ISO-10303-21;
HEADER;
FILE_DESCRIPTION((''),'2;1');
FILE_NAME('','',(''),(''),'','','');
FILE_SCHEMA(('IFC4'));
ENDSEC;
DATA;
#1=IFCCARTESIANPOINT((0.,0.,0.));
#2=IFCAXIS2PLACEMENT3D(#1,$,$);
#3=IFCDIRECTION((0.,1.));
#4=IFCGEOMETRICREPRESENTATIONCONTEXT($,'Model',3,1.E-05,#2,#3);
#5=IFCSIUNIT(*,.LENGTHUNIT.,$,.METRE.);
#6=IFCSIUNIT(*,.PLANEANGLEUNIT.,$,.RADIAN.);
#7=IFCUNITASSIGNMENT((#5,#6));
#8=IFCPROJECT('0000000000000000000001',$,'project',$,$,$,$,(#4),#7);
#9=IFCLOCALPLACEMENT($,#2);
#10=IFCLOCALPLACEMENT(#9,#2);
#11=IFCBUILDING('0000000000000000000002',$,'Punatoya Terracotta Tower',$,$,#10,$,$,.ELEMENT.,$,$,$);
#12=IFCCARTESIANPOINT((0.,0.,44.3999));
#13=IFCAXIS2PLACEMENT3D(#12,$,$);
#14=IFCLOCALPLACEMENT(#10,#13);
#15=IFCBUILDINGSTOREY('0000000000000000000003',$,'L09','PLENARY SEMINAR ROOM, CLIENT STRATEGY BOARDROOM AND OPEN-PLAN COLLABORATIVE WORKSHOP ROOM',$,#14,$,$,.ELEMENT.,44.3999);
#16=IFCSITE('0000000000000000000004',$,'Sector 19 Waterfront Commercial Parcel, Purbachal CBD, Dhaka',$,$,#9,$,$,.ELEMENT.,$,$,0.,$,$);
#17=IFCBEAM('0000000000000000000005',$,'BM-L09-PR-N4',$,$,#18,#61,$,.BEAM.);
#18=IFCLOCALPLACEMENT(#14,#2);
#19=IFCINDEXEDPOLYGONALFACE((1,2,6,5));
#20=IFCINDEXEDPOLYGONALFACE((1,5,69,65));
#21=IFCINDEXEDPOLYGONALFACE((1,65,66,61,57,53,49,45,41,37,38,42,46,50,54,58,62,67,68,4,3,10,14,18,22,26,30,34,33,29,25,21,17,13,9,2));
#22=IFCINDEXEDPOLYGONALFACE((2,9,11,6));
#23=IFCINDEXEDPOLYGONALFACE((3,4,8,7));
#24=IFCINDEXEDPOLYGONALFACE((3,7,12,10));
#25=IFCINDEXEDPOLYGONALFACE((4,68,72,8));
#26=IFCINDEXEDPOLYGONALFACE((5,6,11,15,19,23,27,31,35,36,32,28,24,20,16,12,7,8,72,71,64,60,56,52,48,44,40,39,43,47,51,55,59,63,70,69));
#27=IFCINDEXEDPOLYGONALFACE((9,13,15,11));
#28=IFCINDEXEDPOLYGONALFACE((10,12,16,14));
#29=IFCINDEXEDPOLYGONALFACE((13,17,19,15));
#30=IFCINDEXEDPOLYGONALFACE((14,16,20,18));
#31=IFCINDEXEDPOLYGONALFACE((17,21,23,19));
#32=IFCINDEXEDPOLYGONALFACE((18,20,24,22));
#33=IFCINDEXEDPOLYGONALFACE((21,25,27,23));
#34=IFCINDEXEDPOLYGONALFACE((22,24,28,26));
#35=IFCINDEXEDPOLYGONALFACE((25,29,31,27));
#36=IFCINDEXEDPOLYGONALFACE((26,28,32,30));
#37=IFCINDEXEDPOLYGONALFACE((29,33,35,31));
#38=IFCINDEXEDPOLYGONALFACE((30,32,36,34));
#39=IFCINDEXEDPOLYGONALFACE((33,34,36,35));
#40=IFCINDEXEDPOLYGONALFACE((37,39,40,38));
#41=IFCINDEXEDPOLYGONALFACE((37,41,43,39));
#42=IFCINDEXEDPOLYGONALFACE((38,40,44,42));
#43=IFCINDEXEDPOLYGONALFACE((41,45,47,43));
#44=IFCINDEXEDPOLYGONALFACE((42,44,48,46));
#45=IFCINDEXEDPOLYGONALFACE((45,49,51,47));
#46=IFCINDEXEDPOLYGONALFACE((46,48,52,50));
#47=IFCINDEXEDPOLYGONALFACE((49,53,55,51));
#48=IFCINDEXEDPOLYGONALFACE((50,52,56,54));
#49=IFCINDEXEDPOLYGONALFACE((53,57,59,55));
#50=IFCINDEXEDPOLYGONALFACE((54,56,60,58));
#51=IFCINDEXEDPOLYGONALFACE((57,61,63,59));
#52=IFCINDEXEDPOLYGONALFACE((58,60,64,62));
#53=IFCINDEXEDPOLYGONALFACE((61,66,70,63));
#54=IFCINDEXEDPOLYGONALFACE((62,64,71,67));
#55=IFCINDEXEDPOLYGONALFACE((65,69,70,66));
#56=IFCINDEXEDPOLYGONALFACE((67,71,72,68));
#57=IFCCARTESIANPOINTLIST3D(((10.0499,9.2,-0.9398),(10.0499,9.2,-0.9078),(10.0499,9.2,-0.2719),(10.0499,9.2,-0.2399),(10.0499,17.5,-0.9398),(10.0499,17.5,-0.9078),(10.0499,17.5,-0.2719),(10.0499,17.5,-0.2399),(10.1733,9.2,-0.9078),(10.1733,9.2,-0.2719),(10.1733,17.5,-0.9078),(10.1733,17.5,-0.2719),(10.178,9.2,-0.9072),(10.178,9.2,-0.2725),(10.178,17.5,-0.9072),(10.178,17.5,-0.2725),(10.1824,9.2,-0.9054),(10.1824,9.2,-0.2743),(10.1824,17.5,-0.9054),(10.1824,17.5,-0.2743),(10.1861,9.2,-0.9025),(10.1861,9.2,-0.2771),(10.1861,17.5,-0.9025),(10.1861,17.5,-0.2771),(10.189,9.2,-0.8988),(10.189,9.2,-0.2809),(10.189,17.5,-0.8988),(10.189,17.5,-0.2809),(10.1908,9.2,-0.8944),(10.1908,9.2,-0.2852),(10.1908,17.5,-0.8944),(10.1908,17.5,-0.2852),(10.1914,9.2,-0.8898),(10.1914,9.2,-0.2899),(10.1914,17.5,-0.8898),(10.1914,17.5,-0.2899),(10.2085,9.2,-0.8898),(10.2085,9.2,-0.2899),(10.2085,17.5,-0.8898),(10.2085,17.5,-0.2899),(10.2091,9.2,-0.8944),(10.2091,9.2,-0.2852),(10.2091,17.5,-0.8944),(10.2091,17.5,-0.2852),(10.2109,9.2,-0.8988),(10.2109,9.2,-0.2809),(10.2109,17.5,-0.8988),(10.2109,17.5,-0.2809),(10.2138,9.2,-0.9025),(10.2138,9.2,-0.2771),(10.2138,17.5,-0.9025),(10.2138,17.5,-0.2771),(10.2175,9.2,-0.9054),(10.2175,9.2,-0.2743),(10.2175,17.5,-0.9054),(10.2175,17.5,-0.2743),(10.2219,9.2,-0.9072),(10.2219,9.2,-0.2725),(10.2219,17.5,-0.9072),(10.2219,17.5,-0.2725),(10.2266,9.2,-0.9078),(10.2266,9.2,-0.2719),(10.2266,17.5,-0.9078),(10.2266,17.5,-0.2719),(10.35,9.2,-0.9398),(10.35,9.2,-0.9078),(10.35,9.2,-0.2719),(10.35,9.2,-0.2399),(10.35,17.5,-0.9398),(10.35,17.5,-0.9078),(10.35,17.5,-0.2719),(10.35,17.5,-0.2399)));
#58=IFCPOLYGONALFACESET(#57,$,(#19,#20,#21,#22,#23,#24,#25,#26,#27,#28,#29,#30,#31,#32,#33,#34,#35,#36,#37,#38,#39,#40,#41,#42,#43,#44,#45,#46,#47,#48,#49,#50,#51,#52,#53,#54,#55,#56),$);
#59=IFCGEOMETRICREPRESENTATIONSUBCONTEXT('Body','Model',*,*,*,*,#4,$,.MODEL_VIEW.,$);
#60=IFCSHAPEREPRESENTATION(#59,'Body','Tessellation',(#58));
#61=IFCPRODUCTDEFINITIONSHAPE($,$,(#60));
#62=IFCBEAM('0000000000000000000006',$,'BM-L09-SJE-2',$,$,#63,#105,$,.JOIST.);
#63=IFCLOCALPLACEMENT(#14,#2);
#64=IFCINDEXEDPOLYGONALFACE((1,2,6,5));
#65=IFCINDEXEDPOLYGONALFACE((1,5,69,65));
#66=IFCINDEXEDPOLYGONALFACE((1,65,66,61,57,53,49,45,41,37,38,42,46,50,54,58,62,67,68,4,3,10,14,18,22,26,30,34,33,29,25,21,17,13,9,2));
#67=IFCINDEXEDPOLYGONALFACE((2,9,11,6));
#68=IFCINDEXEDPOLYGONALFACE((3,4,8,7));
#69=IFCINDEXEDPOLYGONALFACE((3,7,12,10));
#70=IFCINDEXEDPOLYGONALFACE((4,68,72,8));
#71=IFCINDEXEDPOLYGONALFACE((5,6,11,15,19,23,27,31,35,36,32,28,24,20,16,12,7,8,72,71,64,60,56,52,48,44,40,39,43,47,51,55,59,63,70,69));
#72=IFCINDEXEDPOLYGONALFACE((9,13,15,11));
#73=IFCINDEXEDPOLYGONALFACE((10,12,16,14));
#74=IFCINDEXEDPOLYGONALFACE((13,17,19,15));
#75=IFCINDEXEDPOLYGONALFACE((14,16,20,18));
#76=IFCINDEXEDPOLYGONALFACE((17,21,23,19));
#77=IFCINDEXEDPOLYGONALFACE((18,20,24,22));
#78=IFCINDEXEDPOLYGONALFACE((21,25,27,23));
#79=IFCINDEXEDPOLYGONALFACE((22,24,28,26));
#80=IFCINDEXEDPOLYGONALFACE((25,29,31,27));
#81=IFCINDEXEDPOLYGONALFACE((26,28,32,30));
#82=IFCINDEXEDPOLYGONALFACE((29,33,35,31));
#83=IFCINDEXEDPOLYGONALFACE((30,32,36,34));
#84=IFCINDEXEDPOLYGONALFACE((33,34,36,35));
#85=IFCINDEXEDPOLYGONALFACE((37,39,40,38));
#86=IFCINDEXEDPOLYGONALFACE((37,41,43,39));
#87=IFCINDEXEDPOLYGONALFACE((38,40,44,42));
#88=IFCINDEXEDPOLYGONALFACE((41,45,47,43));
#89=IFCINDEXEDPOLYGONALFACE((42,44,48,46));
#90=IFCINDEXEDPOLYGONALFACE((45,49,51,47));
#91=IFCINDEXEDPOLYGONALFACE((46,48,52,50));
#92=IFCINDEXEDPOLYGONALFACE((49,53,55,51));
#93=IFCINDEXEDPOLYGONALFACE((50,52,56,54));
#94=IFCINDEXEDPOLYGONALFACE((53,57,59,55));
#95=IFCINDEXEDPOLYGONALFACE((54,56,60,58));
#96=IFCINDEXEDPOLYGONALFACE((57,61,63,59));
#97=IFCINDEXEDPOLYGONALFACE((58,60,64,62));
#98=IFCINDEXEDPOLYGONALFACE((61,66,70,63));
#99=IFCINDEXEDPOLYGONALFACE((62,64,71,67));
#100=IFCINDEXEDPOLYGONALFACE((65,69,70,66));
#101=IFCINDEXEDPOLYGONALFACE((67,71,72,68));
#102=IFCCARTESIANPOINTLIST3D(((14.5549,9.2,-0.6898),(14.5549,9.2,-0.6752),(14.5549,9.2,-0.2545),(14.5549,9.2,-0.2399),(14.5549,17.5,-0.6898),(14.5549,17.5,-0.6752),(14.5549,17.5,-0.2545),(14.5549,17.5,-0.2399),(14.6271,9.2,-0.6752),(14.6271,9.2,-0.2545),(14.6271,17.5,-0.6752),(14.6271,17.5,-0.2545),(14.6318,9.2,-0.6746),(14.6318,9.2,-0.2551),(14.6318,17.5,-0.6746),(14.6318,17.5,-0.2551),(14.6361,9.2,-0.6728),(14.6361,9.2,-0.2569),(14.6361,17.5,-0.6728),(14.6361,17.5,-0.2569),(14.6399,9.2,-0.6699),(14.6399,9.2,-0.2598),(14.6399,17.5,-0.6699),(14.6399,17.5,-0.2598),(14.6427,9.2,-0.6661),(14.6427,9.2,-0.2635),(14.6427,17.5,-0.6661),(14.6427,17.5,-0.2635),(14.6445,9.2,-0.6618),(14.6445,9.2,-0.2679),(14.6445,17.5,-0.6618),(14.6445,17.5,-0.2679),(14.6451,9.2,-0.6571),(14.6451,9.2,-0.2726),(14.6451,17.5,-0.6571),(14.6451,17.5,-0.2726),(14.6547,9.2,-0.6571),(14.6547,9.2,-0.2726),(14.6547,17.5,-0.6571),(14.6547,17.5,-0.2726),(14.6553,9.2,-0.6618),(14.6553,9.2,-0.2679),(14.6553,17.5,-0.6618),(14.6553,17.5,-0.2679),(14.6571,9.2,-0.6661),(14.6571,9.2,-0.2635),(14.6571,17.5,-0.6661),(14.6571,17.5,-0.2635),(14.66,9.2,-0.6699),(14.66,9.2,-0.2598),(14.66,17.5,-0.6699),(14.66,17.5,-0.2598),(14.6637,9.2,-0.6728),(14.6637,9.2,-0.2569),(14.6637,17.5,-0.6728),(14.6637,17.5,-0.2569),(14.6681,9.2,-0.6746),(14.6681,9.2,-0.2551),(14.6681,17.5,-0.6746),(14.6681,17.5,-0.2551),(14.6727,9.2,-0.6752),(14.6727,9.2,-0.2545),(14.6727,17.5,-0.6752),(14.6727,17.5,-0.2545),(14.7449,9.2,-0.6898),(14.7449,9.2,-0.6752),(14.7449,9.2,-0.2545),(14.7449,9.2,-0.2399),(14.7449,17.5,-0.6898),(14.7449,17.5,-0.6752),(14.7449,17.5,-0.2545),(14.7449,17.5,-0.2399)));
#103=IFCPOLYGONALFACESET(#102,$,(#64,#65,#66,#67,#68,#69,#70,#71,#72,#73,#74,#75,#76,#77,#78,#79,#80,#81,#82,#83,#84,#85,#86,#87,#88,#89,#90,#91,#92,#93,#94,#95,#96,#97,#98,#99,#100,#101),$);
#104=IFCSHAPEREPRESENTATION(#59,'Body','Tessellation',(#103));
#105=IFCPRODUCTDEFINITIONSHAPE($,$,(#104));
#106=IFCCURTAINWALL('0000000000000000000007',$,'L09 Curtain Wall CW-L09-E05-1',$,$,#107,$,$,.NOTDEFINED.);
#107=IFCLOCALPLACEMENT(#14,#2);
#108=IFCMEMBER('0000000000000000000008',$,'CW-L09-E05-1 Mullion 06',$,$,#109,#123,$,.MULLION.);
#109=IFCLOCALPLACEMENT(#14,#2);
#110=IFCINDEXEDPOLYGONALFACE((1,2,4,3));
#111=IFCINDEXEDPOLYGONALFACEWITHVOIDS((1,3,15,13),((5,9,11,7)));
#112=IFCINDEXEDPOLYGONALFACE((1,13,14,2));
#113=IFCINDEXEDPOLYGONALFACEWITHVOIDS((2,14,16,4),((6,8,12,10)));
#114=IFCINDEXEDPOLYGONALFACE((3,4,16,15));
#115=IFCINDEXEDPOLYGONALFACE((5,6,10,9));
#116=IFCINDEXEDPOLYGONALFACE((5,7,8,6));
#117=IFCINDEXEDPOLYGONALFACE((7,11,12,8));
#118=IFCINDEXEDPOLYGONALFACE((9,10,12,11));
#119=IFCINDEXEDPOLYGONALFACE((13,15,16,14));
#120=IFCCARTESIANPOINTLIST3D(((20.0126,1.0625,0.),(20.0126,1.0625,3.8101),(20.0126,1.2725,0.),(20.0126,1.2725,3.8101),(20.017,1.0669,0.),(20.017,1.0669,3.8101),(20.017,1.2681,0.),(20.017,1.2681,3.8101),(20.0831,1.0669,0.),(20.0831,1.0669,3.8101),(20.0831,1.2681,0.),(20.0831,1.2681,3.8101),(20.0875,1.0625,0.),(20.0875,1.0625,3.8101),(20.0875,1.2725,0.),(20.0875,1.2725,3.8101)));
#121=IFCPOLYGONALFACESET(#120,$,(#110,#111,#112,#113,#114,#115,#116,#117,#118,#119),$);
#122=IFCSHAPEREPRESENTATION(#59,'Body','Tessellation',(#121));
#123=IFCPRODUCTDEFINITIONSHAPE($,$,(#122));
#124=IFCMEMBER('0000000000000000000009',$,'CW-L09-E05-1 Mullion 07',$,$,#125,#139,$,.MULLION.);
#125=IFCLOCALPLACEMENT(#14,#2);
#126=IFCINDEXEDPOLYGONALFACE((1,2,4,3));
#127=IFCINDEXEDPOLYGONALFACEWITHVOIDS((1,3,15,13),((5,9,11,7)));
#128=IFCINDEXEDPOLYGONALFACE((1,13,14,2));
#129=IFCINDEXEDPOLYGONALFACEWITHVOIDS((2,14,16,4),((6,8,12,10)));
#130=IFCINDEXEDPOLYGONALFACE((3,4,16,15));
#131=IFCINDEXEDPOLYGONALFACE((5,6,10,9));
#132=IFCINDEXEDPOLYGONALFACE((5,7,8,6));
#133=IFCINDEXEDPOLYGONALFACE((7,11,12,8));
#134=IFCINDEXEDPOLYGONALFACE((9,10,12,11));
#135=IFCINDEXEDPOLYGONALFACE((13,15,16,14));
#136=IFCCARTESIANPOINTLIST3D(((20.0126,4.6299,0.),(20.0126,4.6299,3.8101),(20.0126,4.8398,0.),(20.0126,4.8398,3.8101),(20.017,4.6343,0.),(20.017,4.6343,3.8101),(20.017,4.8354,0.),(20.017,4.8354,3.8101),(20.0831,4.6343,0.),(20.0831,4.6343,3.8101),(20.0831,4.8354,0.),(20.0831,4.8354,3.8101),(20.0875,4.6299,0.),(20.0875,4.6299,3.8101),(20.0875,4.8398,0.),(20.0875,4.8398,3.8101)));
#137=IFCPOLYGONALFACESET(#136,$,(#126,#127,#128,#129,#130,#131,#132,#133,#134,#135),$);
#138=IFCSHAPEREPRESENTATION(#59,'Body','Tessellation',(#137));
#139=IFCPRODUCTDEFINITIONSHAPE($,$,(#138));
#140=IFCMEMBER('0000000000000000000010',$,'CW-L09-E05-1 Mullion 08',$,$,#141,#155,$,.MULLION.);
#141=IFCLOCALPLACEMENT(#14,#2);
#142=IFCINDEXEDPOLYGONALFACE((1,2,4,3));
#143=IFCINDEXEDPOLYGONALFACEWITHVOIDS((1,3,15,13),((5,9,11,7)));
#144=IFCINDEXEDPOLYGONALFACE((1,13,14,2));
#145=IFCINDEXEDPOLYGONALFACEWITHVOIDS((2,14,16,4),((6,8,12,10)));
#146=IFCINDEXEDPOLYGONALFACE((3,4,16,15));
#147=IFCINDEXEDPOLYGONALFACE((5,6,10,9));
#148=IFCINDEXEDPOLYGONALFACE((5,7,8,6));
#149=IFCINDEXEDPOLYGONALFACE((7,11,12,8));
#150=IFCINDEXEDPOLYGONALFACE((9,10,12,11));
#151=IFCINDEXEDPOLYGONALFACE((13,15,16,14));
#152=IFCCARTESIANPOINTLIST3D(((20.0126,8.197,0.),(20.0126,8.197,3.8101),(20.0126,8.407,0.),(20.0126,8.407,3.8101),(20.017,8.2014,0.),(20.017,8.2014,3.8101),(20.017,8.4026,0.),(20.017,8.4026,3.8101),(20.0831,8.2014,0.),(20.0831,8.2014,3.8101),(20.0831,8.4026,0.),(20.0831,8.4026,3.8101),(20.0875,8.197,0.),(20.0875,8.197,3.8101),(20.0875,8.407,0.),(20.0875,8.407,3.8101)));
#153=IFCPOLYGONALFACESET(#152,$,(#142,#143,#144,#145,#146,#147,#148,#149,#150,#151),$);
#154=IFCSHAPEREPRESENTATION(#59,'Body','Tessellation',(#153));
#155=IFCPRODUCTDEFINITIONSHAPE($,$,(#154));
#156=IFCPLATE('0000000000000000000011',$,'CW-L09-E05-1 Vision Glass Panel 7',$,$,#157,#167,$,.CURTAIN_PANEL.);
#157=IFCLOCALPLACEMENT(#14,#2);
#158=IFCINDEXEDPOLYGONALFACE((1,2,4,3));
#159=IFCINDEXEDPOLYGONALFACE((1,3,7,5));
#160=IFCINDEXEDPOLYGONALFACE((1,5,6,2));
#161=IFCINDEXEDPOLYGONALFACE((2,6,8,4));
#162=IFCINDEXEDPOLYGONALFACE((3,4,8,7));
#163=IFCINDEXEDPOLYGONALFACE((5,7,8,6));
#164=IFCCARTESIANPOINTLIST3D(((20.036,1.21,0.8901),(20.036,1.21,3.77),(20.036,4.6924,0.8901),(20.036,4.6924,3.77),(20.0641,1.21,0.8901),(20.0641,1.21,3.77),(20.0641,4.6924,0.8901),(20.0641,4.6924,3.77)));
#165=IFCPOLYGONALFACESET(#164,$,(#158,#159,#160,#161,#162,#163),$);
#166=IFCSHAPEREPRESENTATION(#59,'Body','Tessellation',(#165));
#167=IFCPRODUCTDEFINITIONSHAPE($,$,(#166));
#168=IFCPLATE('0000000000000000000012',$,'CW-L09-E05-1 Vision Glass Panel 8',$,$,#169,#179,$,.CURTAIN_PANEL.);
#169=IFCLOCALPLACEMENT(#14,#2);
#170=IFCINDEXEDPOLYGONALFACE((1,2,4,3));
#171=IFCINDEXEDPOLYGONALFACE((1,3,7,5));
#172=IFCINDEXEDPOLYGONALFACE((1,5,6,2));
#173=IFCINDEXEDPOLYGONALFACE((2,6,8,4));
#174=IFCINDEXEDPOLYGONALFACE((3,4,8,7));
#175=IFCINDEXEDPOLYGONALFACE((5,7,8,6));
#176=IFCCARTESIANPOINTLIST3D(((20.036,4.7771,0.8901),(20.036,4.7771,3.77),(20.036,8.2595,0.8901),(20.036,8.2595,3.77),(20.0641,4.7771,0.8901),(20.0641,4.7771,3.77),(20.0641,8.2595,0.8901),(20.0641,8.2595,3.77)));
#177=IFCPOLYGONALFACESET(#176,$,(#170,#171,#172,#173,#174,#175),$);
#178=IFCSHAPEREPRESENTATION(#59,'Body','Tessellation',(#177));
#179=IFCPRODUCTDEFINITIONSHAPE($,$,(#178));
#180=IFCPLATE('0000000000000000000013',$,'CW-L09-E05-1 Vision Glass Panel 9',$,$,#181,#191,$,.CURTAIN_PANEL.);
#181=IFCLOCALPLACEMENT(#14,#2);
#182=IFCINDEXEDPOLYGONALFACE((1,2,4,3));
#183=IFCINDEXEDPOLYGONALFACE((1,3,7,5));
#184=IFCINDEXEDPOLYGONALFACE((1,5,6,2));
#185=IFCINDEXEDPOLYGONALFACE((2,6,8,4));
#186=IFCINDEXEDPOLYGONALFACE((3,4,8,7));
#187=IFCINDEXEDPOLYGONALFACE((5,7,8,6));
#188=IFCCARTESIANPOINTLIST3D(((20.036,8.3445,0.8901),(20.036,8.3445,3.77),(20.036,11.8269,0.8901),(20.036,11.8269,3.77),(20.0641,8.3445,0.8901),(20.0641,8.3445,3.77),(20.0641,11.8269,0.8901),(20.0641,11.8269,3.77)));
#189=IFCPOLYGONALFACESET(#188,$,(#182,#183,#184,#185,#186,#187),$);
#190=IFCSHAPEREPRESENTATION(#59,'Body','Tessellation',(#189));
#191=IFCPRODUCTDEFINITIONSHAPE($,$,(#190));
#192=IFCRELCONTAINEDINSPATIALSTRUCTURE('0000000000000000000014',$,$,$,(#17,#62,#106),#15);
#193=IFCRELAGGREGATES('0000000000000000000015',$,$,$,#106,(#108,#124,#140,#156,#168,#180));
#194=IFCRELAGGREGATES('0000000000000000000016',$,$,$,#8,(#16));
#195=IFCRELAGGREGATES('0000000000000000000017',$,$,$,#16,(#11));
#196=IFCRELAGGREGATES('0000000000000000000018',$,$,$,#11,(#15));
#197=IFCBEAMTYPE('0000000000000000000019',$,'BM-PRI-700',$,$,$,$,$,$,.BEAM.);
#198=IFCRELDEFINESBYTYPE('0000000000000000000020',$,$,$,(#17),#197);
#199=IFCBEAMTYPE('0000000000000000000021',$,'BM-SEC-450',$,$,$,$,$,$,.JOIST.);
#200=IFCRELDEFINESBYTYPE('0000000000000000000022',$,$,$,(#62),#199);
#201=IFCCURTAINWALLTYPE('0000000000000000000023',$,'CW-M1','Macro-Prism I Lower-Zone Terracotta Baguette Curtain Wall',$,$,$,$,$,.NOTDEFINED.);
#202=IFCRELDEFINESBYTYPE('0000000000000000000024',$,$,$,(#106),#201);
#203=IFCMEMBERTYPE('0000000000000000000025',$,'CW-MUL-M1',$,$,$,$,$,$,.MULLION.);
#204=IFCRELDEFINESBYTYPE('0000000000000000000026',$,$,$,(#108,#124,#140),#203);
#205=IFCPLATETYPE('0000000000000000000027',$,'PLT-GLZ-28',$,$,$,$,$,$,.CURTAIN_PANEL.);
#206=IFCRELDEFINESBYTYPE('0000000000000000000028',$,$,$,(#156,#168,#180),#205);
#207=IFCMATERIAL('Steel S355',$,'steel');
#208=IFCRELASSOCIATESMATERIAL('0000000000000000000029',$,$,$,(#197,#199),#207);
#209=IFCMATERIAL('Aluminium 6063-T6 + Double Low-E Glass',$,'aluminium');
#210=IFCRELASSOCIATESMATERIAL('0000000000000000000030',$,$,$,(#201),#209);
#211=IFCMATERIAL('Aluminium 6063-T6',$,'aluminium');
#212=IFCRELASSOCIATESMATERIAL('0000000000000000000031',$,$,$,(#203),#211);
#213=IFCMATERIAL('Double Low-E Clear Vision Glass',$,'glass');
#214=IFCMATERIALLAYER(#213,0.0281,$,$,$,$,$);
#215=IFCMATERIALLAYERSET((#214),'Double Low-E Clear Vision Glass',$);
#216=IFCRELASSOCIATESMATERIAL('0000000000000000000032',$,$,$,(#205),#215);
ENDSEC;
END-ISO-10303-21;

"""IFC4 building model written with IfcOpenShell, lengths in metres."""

from ifc_helpers import new_model, si_unit, direction, frame, origin, origin_2d, place, context, subcontext, project, spatial, rectangle, hollow_rectangle, i_section, extrude, material, layer, layer_set, material_profile, profile_set, type_object, element, aggregate, save


model = new_model("IFC4")

# Units and contexts
model_context = context("Model", 3, precision=1e-05, world=origin(), true_north=direction((0.0, 1.0)))
body_context = subcontext(model_context, "Body", "Model", "MODEL_VIEW")
ifc_project = project(units=[si_unit("LENGTHUNIT", "METRE"), si_unit("PLANEANGLEUNIT", "RADIAN")], contexts=[model_context])

# Site, building, storey
site_placement = place(None, origin())
site = spatial("IfcSite", under=ifc_project, at=site_placement, Name="Sector 19 Waterfront Commercial Parcel, Purbachal CBD, Dhaka", CompositionType="ELEMENT", RefElevation=0.0)
building_placement = place(site_placement, origin())
building = spatial("IfcBuilding", under=site, at=building_placement, Name="Punatoya Terracotta Tower", CompositionType="ELEMENT")
storey_placement = place(building_placement, frame((0.0, 0.0, 44.3999)))
storey = spatial("IfcBuildingStorey", under=building, at=storey_placement, Name="L09", Description="PLENARY SEMINAR ROOM, CLIENT STRATEGY BOARDROOM AND OPEN-PLAN COLLABORATIVE WORKSHOP ROOM", CompositionType="ELEMENT", Elevation=44.3999)

# Beams
ifc_material_1 = material(Name="Steel S355", Category="steel")
ifc_material_profile_1 = material_profile(ifc_material_1, i_section(OverallWidth=0.3, OverallDepth=0.7, WebThickness=0.0171, FlangeThickness=0.032, FilletRadius=0.0181, at=origin_2d()))
ifc_profile_set_1 = profile_set([ifc_material_profile_1], Name="Steel S355")
beam_type_1 = type_object("IfcBeamType", Name="BM-PRI-700", PredefinedType="BEAM", material=ifc_profile_set_1)
beam_1_placement = place(storey_placement, frame((10.2, 9.2, -0.5898), z_axis=(0.0, 1.0, 0.0), x_axis=(-1.0, 0.0, 0.0)))
element("IfcBeam", 1, at=beam_1_placement, inside=storey, type_object=beam_type_1, Name="BM-L09-PR-N4", PredefinedType="BEAM", context=body_context, shape_type="SweptSolid", body=[
    extrude(i_section(OverallWidth=0.3, OverallDepth=0.7, WebThickness=0.0171, FlangeThickness=0.032, FilletRadius=0.0181, at=origin_2d()), origin(), (0.0, 0.0, 1.0), 8.3),
])
ifc_material_profile_2 = material_profile(ifc_material_1, i_section(OverallWidth=0.1899, OverallDepth=0.45, WebThickness=0.0095, FlangeThickness=0.0146, FilletRadius=0.0181, at=origin_2d()))
ifc_profile_set_2 = profile_set([ifc_material_profile_2], Name="Steel S355")
beam_type_2 = type_object("IfcBeamType", Name="BM-SEC-450", PredefinedType="JOIST", material=ifc_profile_set_2)
beam_2_placement = place(storey_placement, frame((14.6499, 9.2, -0.4648), z_axis=(0.0, 1.0, 0.0), x_axis=(-1.0, 0.0, 0.0)))
element("IfcBeam", 2, at=beam_2_placement, inside=storey, type_object=beam_type_2, Name="BM-L09-SJE-2", PredefinedType="JOIST", context=body_context, shape_type="SweptSolid", body=[
    extrude(i_section(OverallWidth=0.1899, OverallDepth=0.45, WebThickness=0.0095, FlangeThickness=0.0146, FilletRadius=0.0181, at=origin_2d()), origin(), (0.0, 0.0, 1.0), 8.3),
])

# Curtain wall, members, plates
ifc_material_2 = material(Name="Aluminium 6063-T6 + Double Low-E Glass", Category="aluminium")
curtain_wall_type = type_object("IfcCurtainWallType", Name="CW-M1", Description="Macro-Prism I Lower-Zone Terracotta Baguette Curtain Wall", PredefinedType="NOTDEFINED", material=ifc_material_2)
curtain_wall_placement = place(storey_placement, origin())
curtain_wall = element("IfcCurtainWall", 3, at=curtain_wall_placement, inside=storey, type_object=curtain_wall_type, Name="L09 Curtain Wall CW-L09-E05-1", PredefinedType="NOTDEFINED")
ifc_material_3 = material(Name="Aluminium 6063-T6", Category="aluminium")
ifc_material_profile_3 = material_profile(ifc_material_3, hollow_rectangle(XDim=0.075, YDim=0.21, WallThickness=0.0044, at=origin_2d()))
ifc_profile_set_3 = profile_set([ifc_material_profile_3], Name="Aluminium 6063-T6")
member_type = type_object("IfcMemberType", Name="CW-MUL-M1", PredefinedType="MULLION", material=ifc_profile_set_3)
member_1_placement = place(storey_placement, frame((20.05, 1.1675, 0.0), z_axis=(0.0, 0.0, 1.0), x_axis=(1.0, 0.0, 0.0)))
member_1 = element("IfcMember", 4, at=member_1_placement, type_object=member_type, Name="CW-L09-E05-1 Mullion 06", PredefinedType="MULLION", context=body_context, shape_type="SweptSolid", body=[
    extrude(hollow_rectangle(XDim=0.075, YDim=0.21, WallThickness=0.0044, at=origin_2d()), origin(), (0.0, 0.0, 1.0), 3.8101),
])
member_2_placement = place(storey_placement, frame((20.05, 4.7349, 0.0), z_axis=(0.0, 0.0, 1.0), x_axis=(1.0, 0.0, 0.0)))
member_2 = element("IfcMember", 5, at=member_2_placement, type_object=member_type, Name="CW-L09-E05-1 Mullion 07", PredefinedType="MULLION", context=body_context, shape_type="SweptSolid", body=[
    extrude(hollow_rectangle(XDim=0.075, YDim=0.21, WallThickness=0.0044, at=origin_2d()), origin(), (0.0, 0.0, 1.0), 3.8101),
])
member_3_placement = place(storey_placement, frame((20.05, 8.302, 0.0), z_axis=(0.0, 0.0, 1.0), x_axis=(1.0, 0.0, 0.0)))
member_3 = element("IfcMember", 6, at=member_3_placement, type_object=member_type, Name="CW-L09-E05-1 Mullion 08", PredefinedType="MULLION", context=body_context, shape_type="SweptSolid", body=[
    extrude(hollow_rectangle(XDim=0.075, YDim=0.21, WallThickness=0.0044, at=origin_2d()), origin(), (0.0, 0.0, 1.0), 3.8101),
])
ifc_material_4 = material(Name="Double Low-E Clear Vision Glass", Category="glass")
ifc_layer_1 = layer(ifc_material_4, 0.0281)
ifc_layer_set_1 = layer_set([ifc_layer_1], Name="Double Low-E Clear Vision Glass")
plate_type_1 = type_object("IfcPlateType", Name="PLT-GLZ-28", PredefinedType="CURTAIN_PANEL", material=ifc_layer_set_1)
plate_1_placement = place(storey_placement, frame((20.05, 2.9512, 0.8901), z_axis=(0.0, 0.0, 1.0), x_axis=(0.0, 1.0, 0.0)))
plate_1 = element("IfcPlate", 7, at=plate_1_placement, type_object=plate_type_1, Name="CW-L09-E05-1 Vision Glass Panel 7", PredefinedType="CURTAIN_PANEL", context=body_context, shape_type="SweptSolid", body=[
    extrude(rectangle(XDim=3.4824, YDim=0.0281, at=origin_2d()), origin(), (0.0, 0.0, 1.0), 2.8799),
])
plate_2_placement = place(storey_placement, frame((20.05, 6.5183, 0.8901), z_axis=(0.0, 0.0, 1.0), x_axis=(0.0, 1.0, 0.0)))
plate_2 = element("IfcPlate", 8, at=plate_2_placement, type_object=plate_type_1, Name="CW-L09-E05-1 Vision Glass Panel 8", PredefinedType="CURTAIN_PANEL", context=body_context, shape_type="SweptSolid", body=[
    extrude(rectangle(XDim=3.4824, YDim=0.0281, at=origin_2d()), origin(), (0.0, 0.0, 1.0), 2.8799),
])
plate_3_placement = place(storey_placement, frame((20.05, 10.0857, 0.8901), z_axis=(0.0, 0.0, 1.0), x_axis=(0.0, 1.0, 0.0)))
plate_3 = element("IfcPlate", 9, at=plate_3_placement, type_object=plate_type_1, Name="CW-L09-E05-1 Vision Glass Panel 9", PredefinedType="CURTAIN_PANEL", context=body_context, shape_type="SweptSolid", body=[
    extrude(rectangle(XDim=3.4824, YDim=0.0281, at=origin_2d()), origin(), (0.0, 0.0, 1.0), 2.8799),
])
aggregate(curtain_wall, [member_1, member_2, member_3, plate_1, plate_2, plate_3])

save(model, "model.ifc")
